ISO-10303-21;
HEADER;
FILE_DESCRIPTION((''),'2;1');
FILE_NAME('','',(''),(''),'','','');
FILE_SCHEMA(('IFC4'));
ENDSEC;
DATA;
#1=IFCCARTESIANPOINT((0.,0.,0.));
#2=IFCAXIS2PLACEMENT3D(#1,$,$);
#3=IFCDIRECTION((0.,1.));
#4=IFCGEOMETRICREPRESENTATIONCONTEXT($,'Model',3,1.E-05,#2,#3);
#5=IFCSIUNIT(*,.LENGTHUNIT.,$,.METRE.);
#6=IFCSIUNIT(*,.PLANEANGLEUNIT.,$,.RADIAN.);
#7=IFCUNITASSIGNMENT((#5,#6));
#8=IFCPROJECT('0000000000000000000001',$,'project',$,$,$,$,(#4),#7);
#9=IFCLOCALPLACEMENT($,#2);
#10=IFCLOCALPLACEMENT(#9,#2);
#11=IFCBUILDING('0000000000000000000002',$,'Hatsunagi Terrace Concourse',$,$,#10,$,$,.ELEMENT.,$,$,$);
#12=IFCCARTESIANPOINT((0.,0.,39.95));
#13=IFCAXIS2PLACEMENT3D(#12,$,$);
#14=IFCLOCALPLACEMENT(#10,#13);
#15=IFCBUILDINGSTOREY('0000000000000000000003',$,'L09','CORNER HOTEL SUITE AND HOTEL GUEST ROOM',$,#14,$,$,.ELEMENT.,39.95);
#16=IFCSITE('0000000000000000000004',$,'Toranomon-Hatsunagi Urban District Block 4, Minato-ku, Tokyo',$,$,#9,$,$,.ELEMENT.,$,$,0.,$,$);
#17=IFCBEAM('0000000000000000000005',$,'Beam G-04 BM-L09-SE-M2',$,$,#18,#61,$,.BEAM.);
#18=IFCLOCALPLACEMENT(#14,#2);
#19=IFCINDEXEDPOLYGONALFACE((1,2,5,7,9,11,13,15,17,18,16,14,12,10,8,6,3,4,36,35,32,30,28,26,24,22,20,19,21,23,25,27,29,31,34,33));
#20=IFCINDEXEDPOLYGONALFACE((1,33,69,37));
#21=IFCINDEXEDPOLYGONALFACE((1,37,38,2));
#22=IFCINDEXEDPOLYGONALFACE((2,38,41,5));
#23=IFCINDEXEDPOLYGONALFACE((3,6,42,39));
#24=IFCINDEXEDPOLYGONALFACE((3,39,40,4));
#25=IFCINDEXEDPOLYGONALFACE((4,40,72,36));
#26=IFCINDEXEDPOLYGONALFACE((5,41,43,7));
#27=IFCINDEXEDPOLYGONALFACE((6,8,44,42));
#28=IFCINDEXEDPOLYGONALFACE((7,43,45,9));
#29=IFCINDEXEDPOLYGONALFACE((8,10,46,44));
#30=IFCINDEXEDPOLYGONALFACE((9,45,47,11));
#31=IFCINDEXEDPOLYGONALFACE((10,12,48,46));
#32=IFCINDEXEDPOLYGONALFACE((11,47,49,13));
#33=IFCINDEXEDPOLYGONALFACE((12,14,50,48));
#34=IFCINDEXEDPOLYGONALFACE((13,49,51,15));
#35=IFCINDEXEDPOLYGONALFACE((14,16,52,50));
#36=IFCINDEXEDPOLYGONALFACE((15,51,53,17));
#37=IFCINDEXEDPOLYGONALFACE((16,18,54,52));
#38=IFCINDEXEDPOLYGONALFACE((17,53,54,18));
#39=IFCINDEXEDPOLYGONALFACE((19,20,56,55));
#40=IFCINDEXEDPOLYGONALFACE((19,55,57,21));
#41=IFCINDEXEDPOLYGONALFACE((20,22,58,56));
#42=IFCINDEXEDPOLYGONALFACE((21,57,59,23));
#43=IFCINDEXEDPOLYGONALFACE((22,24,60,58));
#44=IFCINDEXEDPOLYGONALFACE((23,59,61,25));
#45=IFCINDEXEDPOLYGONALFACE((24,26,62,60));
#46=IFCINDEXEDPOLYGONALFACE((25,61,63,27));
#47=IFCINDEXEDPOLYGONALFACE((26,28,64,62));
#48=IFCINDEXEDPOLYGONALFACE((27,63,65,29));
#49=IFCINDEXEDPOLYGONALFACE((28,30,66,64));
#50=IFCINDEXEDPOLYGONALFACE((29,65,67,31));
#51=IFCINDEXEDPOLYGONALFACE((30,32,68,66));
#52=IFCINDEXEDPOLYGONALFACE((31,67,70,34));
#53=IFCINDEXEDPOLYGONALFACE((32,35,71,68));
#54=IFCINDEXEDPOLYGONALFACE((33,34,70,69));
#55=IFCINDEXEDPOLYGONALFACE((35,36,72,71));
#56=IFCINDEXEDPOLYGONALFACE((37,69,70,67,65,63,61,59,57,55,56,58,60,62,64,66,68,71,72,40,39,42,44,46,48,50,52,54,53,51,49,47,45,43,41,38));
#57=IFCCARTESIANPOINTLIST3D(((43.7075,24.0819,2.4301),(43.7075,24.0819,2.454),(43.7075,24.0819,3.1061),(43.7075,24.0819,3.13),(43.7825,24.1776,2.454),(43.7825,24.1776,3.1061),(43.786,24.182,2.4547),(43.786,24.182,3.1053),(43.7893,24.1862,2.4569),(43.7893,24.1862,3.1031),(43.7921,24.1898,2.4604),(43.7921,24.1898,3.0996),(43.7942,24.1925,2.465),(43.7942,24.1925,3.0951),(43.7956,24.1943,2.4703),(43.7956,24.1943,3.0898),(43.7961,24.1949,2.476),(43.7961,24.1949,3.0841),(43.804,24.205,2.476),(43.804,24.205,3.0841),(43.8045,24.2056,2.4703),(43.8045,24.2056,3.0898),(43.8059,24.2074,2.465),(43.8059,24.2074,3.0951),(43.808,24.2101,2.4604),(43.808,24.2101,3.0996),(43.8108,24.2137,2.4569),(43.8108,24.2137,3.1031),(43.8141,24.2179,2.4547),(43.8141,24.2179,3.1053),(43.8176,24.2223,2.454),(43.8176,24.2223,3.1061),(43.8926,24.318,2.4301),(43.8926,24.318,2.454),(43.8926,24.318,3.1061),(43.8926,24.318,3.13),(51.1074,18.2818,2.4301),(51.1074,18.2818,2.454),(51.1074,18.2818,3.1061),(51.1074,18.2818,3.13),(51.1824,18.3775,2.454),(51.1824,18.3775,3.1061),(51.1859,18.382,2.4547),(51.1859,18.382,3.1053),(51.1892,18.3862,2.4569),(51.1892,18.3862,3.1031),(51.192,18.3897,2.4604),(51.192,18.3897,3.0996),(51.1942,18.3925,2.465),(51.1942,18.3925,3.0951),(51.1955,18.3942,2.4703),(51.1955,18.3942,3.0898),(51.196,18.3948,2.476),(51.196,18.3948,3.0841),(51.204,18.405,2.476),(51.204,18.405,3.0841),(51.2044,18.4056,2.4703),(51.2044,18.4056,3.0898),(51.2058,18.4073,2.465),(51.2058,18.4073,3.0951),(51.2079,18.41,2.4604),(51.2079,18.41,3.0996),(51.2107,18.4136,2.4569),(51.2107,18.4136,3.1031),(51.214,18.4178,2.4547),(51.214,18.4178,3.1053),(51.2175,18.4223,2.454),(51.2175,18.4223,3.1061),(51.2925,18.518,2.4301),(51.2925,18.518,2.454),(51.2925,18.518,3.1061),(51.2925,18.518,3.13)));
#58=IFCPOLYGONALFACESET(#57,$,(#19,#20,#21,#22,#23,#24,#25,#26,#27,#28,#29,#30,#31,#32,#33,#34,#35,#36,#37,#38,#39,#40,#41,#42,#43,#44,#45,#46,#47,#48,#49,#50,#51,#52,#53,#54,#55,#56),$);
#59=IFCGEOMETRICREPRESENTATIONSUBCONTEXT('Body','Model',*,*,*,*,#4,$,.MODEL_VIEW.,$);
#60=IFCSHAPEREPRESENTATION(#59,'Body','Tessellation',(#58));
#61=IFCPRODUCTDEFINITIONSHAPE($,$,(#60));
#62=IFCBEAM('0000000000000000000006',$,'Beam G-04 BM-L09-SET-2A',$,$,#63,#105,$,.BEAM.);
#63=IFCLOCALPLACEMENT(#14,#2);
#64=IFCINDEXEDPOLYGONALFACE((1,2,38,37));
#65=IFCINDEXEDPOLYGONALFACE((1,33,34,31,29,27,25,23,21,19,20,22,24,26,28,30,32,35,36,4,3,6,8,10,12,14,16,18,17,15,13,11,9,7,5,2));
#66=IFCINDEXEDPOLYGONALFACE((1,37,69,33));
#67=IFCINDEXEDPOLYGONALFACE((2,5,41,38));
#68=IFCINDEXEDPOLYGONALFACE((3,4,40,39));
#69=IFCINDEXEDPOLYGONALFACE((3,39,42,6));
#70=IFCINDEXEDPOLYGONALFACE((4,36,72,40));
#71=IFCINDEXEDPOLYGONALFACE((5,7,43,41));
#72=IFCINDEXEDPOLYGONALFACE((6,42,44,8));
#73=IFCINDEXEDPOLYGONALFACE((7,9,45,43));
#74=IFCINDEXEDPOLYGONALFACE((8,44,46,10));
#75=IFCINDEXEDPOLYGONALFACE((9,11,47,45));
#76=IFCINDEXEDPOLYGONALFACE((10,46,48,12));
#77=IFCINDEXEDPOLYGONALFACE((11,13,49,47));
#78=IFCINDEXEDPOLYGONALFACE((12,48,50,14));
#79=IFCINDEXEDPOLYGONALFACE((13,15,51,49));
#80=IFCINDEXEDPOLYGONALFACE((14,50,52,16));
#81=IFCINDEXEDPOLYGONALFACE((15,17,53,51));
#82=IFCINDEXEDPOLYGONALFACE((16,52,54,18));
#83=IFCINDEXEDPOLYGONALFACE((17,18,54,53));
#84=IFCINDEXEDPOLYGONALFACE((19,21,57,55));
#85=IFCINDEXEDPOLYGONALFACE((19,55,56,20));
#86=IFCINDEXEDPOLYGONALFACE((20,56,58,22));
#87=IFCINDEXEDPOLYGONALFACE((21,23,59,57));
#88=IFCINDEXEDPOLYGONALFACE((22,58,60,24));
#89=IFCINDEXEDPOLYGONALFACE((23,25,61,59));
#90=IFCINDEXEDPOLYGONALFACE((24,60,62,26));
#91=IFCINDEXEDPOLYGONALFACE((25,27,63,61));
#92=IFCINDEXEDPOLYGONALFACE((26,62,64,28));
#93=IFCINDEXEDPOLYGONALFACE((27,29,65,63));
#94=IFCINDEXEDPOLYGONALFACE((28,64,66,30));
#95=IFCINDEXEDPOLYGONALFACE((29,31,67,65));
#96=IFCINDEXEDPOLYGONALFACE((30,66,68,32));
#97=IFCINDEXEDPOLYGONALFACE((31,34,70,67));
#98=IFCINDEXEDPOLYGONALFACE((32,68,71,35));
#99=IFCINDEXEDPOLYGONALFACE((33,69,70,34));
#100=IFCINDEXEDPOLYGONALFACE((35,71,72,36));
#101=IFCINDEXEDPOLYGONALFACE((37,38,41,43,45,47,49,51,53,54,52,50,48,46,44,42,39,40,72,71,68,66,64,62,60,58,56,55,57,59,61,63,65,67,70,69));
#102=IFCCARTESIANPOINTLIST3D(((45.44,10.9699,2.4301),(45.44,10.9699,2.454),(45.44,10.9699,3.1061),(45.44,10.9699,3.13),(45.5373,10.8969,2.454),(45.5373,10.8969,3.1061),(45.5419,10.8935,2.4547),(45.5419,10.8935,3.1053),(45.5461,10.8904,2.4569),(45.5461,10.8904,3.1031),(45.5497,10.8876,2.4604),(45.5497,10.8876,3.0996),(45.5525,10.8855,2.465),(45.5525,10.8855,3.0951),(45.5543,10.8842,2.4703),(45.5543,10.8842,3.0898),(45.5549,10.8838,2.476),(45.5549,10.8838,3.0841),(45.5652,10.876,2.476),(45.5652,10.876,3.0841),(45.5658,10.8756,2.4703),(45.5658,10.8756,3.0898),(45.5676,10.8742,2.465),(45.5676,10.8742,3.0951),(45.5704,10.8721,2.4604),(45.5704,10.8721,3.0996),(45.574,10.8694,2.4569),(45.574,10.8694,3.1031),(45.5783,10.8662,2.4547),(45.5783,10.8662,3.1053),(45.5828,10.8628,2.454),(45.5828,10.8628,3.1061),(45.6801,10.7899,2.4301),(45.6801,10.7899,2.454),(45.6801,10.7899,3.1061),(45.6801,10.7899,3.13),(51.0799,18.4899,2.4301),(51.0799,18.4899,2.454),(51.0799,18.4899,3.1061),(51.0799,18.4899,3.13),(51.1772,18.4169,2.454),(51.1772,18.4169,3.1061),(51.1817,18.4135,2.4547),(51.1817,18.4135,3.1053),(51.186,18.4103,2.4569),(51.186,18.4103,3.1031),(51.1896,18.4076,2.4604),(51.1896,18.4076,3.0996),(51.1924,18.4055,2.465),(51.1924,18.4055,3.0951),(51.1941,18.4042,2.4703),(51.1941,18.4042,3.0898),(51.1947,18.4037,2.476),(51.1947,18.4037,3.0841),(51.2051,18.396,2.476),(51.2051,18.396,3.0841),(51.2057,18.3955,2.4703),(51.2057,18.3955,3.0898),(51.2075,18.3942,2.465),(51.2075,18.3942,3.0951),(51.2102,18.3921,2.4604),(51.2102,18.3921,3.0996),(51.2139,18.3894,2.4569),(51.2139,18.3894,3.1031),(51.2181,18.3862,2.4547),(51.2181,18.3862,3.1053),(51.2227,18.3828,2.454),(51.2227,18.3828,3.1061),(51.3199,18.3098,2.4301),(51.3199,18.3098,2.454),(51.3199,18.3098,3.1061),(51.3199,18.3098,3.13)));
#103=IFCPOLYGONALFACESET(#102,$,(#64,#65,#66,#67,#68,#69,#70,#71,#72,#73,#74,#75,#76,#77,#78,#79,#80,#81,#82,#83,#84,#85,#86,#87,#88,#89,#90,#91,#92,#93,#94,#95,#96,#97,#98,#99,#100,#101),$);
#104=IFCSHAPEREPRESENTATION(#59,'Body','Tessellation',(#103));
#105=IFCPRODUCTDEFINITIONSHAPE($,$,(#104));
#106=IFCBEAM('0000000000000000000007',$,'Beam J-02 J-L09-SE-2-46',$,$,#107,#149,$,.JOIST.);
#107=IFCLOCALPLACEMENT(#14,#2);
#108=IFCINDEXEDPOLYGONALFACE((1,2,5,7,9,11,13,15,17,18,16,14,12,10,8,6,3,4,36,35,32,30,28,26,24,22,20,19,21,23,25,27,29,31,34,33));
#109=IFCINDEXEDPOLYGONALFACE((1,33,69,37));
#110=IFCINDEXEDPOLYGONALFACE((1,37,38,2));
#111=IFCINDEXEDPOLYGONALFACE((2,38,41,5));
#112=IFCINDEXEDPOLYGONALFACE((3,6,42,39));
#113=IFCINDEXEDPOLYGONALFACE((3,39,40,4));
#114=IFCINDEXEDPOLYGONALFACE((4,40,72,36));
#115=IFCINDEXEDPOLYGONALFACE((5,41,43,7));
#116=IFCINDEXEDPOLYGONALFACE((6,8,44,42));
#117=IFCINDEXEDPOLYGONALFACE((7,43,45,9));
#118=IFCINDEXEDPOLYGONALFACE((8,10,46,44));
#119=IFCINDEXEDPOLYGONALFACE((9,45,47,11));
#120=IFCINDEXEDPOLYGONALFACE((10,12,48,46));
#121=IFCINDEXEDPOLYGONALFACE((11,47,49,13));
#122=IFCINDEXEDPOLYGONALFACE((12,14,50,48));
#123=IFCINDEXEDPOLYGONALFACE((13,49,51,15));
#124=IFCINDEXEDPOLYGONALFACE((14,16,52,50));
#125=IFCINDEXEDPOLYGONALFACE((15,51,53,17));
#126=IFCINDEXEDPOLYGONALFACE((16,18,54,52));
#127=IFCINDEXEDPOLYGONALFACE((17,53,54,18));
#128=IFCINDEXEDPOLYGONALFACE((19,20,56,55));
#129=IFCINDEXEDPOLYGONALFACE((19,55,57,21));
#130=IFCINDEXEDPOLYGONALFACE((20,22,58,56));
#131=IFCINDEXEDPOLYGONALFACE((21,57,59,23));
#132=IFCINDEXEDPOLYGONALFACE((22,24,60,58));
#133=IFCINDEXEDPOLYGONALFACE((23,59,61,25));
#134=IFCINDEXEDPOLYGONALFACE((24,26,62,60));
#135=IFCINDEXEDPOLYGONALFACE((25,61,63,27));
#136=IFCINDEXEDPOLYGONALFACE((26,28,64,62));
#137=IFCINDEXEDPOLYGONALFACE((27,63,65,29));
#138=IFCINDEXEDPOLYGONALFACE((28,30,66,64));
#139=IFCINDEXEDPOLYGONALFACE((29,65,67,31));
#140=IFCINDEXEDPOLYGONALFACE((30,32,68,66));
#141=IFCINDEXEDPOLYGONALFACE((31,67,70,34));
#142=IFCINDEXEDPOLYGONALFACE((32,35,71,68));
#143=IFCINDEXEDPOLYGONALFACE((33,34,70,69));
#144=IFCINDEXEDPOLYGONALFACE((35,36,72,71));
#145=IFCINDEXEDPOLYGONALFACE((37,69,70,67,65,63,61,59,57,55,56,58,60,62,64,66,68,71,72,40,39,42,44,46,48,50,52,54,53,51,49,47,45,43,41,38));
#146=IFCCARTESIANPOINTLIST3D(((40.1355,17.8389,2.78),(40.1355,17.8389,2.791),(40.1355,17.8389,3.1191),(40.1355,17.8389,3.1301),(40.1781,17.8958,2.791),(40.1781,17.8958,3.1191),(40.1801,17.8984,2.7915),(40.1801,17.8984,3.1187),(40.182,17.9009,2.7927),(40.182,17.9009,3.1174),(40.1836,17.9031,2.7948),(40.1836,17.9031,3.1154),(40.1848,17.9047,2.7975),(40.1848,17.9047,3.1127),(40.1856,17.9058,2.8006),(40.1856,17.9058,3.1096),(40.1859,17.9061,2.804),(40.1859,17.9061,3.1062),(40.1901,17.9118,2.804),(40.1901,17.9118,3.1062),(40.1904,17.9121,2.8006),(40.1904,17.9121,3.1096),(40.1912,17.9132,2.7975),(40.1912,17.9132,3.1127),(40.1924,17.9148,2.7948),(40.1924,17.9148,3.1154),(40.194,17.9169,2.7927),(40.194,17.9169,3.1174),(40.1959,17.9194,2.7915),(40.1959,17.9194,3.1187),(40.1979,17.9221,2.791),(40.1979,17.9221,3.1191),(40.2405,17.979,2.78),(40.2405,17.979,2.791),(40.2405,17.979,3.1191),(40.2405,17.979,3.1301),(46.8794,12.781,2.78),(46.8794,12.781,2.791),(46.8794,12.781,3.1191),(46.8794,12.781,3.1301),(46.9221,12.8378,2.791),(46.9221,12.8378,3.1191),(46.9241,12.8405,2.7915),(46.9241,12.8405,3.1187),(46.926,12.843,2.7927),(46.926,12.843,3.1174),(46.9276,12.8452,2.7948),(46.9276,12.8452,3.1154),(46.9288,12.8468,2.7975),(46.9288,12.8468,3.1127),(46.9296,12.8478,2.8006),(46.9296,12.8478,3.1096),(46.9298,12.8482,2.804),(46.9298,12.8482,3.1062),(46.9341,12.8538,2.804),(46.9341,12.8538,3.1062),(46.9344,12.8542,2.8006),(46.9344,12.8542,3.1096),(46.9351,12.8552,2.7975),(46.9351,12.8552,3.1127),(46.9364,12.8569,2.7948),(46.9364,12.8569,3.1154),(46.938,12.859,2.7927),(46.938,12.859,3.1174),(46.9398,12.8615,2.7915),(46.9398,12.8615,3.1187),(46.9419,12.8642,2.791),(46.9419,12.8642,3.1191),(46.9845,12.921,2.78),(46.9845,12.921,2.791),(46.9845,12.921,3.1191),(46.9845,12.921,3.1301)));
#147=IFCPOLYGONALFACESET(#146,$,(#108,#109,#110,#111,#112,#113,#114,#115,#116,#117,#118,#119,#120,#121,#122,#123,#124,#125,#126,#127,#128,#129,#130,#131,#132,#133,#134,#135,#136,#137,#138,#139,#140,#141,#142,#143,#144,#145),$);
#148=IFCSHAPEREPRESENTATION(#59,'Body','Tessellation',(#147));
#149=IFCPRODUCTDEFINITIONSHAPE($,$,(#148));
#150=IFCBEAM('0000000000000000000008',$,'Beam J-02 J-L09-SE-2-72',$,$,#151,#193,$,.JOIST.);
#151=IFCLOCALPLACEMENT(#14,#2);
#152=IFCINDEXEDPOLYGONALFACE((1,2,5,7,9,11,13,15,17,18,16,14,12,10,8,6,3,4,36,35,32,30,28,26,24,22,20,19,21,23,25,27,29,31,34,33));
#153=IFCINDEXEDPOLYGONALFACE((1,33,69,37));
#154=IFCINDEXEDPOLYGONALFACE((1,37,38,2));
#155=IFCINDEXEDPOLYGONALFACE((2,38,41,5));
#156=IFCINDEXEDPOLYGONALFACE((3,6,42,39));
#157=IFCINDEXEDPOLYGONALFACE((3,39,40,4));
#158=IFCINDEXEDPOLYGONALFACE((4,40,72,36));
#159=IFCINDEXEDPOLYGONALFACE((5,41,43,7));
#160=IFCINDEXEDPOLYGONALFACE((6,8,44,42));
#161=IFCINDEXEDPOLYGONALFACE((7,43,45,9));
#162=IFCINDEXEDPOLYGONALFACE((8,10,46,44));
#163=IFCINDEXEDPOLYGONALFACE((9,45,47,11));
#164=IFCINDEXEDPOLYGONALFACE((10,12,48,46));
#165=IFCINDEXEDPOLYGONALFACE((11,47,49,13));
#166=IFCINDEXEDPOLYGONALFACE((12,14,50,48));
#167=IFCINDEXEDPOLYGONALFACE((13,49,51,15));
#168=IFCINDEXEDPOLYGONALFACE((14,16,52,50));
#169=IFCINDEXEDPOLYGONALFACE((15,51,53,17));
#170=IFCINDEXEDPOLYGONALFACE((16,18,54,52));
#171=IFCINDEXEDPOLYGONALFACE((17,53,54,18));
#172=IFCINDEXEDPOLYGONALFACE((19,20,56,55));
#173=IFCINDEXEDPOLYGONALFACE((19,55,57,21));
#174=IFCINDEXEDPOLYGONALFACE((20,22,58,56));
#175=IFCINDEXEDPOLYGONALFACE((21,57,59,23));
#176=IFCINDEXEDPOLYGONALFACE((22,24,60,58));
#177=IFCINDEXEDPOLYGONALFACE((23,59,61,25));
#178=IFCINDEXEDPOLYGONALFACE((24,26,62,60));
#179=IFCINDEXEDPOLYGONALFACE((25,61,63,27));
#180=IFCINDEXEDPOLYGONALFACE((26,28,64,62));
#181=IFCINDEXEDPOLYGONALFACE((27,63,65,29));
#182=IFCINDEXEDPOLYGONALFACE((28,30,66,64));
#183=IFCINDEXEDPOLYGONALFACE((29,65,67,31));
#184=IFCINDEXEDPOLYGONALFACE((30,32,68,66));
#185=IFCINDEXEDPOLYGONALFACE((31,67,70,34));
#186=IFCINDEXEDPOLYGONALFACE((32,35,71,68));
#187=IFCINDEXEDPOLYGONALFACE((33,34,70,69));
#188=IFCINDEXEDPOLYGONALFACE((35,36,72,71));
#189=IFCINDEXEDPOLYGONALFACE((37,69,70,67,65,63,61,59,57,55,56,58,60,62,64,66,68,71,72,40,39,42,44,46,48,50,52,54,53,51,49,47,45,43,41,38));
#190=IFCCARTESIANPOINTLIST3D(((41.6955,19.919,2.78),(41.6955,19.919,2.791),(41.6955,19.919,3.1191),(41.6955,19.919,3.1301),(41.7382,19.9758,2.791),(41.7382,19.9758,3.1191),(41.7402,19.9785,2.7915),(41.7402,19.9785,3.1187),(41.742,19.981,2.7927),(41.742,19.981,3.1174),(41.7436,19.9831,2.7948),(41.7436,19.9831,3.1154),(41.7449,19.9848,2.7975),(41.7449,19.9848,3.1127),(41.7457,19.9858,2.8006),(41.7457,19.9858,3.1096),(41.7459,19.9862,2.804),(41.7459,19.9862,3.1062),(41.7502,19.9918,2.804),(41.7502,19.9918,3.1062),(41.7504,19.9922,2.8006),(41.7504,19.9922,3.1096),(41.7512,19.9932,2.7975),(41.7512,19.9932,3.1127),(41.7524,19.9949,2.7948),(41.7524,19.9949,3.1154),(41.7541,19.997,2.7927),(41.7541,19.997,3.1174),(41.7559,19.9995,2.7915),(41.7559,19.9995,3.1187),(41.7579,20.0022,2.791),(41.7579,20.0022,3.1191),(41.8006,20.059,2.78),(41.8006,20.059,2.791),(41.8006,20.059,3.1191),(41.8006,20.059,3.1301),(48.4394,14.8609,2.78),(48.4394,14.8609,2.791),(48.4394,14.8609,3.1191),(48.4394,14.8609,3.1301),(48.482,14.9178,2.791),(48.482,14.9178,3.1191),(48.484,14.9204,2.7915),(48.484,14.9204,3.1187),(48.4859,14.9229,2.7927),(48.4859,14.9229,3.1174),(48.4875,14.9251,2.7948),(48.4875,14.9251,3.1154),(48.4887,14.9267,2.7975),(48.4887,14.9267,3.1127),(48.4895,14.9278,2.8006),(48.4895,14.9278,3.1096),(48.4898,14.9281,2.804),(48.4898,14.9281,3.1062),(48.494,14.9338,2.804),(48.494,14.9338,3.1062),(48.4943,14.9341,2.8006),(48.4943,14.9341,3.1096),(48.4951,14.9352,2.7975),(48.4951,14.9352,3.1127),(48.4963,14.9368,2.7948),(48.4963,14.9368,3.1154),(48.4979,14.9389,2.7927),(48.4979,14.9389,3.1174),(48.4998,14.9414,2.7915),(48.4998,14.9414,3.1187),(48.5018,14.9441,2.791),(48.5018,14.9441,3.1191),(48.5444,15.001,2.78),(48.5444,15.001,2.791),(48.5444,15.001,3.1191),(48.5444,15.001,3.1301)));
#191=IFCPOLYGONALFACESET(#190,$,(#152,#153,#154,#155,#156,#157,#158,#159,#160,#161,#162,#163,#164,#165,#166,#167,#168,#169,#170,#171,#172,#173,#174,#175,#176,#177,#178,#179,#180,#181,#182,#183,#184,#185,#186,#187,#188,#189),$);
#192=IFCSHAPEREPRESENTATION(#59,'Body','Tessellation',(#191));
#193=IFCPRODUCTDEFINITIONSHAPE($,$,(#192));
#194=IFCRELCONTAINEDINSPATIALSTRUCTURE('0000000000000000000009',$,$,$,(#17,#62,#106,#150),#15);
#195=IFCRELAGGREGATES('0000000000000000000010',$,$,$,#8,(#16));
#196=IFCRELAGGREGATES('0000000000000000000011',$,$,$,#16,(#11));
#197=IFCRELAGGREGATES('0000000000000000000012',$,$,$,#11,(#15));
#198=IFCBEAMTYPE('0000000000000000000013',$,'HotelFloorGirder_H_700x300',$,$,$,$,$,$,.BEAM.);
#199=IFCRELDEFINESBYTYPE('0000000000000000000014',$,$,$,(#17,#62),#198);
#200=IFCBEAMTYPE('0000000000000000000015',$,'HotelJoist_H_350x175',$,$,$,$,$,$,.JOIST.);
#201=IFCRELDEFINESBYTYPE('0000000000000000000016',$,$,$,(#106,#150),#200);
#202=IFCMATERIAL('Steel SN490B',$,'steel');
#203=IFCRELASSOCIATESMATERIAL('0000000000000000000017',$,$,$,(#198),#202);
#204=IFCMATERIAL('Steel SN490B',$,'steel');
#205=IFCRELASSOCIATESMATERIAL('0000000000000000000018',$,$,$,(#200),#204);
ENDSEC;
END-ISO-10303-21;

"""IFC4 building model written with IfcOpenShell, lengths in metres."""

from ifc_helpers import new_model, si_unit, direction, frame, origin, origin_2d, place, context, subcontext, project, spatial, i_section, extrude, material, material_profile, profile_set, type_object, element, save


model = new_model("IFC4")

# Units and contexts
model_context = context("Model", 3, precision=1e-05, world=origin(), true_north=direction((0.0, 1.0)))
body_context = subcontext(model_context, "Body", "Model", "MODEL_VIEW")
ifc_project = project(units=[si_unit("LENGTHUNIT", "METRE"), si_unit("PLANEANGLEUNIT", "RADIAN")], contexts=[model_context])

# Site, building, storey
site_placement = place(None, origin())
site = spatial("IfcSite", under=ifc_project, at=site_placement, Name="Toranomon-Hatsunagi Urban District Block 4, Minato-ku, Tokyo", CompositionType="ELEMENT", RefElevation=0.0)
building_placement = place(site_placement, origin())
building = spatial("IfcBuilding", under=site, at=building_placement, Name="Hatsunagi Terrace Concourse", CompositionType="ELEMENT")
storey_placement = place(building_placement, frame((0.0, 0.0, 39.95)))
storey = spatial("IfcBuildingStorey", under=building, at=storey_placement, Name="L09", Description="CORNER HOTEL SUITE AND HOTEL GUEST ROOM", CompositionType="ELEMENT", Elevation=39.95)

# Beams
ifc_material_1 = material(Name="Steel SN490B", Category="steel")
ifc_material_profile_1 = material_profile(ifc_material_1, i_section(OverallWidth=0.3, OverallDepth=0.7, WebThickness=0.0129, FlangeThickness=0.0239, FilletRadius=0.022, at=origin_2d()), Name="H-700x300x13x24")
ifc_profile_set_1 = profile_set([ifc_material_profile_1], Name="Steel SN490B")
beam_type_1 = type_object("IfcBeamType", Name="HotelFloorGirder_H_700x300", PredefinedType="BEAM", material=ifc_profile_set_1)
beam_1_placement = place(storey_placement, frame((43.8, 24.2, 2.78), z_axis=(0.787049, -0.61689, 0.0), x_axis=(0.61689, 0.787049, 0.0)))
element("IfcBeam", 1, at=beam_1_placement, inside=storey, type_object=beam_type_1, Name="Beam G-04 BM-L09-SE-M2", PredefinedType="BEAM", context=body_context, shape_type="SweptSolid", body=[
    extrude(i_section(OverallWidth=0.3, OverallDepth=0.7, WebThickness=0.0129, FlangeThickness=0.0239, FilletRadius=0.022, at=origin_2d()), origin(), (0.0, 0.0, 1.0), 9.4021),
])
beam_2_placement = place(storey_placement, frame((45.5601, 10.8799, 2.78), z_axis=(0.599992, 0.800006, 0.0), x_axis=(-0.800006, 0.599992, 0.0)))
element("IfcBeam", 2, at=beam_2_placement, inside=storey, type_object=beam_type_1, Name="Beam G-04 BM-L09-SET-2A", PredefinedType="BEAM", context=body_context, shape_type="SweptSolid", body=[
    extrude(i_section(OverallWidth=0.3, OverallDepth=0.7, WebThickness=0.0129, FlangeThickness=0.0239, FilletRadius=0.022, at=origin_2d()), origin(), (0.0, 0.0, 1.0), 9.3999),
])
ifc_material_2 = material(Name="Steel SN490B", Category="steel")
ifc_material_profile_2 = material_profile(ifc_material_2, i_section(OverallWidth=0.175, OverallDepth=0.3501, WebThickness=0.0071, FlangeThickness=0.011, FilletRadius=0.0129, at=origin_2d()), Name="H-350x175x7x11")
ifc_profile_set_2 = profile_set([ifc_material_profile_2], Name="Steel SN490B")
beam_type_2 = type_object("IfcBeamType", Name="HotelJoist_H_350x175", PredefinedType="JOIST", material=ifc_profile_set_2)
for number, where, z_axis, x_axis, name in (
    (3, (40.188, 17.9089, 2.9551), (0.800003, -0.599995, 0.0), (0.599995, 0.800003, 0.0), "Beam J-02 J-L09-SE-2-46"),
    (4, (41.748, 19.989, 2.9551), (0.79999, -0.600014, 0.0), (0.600014, 0.79999, 0.0), "Beam J-02 J-L09-SE-2-72"),
):
    element("IfcBeam", number, at=place(storey_placement, frame(where, z_axis=z_axis, x_axis=x_axis)), inside=storey, type_object=beam_type_2, Name=name, PredefinedType="JOIST", context=body_context, shape_type="SweptSolid", body=[
        extrude(i_section(OverallWidth=0.175, OverallDepth=0.3501, WebThickness=0.0071, FlangeThickness=0.011, FilletRadius=0.0129, at=origin_2d()), origin(), (0.0, 0.0, 1.0), 8.4299),
    ])

save(model, "model.ifc")
